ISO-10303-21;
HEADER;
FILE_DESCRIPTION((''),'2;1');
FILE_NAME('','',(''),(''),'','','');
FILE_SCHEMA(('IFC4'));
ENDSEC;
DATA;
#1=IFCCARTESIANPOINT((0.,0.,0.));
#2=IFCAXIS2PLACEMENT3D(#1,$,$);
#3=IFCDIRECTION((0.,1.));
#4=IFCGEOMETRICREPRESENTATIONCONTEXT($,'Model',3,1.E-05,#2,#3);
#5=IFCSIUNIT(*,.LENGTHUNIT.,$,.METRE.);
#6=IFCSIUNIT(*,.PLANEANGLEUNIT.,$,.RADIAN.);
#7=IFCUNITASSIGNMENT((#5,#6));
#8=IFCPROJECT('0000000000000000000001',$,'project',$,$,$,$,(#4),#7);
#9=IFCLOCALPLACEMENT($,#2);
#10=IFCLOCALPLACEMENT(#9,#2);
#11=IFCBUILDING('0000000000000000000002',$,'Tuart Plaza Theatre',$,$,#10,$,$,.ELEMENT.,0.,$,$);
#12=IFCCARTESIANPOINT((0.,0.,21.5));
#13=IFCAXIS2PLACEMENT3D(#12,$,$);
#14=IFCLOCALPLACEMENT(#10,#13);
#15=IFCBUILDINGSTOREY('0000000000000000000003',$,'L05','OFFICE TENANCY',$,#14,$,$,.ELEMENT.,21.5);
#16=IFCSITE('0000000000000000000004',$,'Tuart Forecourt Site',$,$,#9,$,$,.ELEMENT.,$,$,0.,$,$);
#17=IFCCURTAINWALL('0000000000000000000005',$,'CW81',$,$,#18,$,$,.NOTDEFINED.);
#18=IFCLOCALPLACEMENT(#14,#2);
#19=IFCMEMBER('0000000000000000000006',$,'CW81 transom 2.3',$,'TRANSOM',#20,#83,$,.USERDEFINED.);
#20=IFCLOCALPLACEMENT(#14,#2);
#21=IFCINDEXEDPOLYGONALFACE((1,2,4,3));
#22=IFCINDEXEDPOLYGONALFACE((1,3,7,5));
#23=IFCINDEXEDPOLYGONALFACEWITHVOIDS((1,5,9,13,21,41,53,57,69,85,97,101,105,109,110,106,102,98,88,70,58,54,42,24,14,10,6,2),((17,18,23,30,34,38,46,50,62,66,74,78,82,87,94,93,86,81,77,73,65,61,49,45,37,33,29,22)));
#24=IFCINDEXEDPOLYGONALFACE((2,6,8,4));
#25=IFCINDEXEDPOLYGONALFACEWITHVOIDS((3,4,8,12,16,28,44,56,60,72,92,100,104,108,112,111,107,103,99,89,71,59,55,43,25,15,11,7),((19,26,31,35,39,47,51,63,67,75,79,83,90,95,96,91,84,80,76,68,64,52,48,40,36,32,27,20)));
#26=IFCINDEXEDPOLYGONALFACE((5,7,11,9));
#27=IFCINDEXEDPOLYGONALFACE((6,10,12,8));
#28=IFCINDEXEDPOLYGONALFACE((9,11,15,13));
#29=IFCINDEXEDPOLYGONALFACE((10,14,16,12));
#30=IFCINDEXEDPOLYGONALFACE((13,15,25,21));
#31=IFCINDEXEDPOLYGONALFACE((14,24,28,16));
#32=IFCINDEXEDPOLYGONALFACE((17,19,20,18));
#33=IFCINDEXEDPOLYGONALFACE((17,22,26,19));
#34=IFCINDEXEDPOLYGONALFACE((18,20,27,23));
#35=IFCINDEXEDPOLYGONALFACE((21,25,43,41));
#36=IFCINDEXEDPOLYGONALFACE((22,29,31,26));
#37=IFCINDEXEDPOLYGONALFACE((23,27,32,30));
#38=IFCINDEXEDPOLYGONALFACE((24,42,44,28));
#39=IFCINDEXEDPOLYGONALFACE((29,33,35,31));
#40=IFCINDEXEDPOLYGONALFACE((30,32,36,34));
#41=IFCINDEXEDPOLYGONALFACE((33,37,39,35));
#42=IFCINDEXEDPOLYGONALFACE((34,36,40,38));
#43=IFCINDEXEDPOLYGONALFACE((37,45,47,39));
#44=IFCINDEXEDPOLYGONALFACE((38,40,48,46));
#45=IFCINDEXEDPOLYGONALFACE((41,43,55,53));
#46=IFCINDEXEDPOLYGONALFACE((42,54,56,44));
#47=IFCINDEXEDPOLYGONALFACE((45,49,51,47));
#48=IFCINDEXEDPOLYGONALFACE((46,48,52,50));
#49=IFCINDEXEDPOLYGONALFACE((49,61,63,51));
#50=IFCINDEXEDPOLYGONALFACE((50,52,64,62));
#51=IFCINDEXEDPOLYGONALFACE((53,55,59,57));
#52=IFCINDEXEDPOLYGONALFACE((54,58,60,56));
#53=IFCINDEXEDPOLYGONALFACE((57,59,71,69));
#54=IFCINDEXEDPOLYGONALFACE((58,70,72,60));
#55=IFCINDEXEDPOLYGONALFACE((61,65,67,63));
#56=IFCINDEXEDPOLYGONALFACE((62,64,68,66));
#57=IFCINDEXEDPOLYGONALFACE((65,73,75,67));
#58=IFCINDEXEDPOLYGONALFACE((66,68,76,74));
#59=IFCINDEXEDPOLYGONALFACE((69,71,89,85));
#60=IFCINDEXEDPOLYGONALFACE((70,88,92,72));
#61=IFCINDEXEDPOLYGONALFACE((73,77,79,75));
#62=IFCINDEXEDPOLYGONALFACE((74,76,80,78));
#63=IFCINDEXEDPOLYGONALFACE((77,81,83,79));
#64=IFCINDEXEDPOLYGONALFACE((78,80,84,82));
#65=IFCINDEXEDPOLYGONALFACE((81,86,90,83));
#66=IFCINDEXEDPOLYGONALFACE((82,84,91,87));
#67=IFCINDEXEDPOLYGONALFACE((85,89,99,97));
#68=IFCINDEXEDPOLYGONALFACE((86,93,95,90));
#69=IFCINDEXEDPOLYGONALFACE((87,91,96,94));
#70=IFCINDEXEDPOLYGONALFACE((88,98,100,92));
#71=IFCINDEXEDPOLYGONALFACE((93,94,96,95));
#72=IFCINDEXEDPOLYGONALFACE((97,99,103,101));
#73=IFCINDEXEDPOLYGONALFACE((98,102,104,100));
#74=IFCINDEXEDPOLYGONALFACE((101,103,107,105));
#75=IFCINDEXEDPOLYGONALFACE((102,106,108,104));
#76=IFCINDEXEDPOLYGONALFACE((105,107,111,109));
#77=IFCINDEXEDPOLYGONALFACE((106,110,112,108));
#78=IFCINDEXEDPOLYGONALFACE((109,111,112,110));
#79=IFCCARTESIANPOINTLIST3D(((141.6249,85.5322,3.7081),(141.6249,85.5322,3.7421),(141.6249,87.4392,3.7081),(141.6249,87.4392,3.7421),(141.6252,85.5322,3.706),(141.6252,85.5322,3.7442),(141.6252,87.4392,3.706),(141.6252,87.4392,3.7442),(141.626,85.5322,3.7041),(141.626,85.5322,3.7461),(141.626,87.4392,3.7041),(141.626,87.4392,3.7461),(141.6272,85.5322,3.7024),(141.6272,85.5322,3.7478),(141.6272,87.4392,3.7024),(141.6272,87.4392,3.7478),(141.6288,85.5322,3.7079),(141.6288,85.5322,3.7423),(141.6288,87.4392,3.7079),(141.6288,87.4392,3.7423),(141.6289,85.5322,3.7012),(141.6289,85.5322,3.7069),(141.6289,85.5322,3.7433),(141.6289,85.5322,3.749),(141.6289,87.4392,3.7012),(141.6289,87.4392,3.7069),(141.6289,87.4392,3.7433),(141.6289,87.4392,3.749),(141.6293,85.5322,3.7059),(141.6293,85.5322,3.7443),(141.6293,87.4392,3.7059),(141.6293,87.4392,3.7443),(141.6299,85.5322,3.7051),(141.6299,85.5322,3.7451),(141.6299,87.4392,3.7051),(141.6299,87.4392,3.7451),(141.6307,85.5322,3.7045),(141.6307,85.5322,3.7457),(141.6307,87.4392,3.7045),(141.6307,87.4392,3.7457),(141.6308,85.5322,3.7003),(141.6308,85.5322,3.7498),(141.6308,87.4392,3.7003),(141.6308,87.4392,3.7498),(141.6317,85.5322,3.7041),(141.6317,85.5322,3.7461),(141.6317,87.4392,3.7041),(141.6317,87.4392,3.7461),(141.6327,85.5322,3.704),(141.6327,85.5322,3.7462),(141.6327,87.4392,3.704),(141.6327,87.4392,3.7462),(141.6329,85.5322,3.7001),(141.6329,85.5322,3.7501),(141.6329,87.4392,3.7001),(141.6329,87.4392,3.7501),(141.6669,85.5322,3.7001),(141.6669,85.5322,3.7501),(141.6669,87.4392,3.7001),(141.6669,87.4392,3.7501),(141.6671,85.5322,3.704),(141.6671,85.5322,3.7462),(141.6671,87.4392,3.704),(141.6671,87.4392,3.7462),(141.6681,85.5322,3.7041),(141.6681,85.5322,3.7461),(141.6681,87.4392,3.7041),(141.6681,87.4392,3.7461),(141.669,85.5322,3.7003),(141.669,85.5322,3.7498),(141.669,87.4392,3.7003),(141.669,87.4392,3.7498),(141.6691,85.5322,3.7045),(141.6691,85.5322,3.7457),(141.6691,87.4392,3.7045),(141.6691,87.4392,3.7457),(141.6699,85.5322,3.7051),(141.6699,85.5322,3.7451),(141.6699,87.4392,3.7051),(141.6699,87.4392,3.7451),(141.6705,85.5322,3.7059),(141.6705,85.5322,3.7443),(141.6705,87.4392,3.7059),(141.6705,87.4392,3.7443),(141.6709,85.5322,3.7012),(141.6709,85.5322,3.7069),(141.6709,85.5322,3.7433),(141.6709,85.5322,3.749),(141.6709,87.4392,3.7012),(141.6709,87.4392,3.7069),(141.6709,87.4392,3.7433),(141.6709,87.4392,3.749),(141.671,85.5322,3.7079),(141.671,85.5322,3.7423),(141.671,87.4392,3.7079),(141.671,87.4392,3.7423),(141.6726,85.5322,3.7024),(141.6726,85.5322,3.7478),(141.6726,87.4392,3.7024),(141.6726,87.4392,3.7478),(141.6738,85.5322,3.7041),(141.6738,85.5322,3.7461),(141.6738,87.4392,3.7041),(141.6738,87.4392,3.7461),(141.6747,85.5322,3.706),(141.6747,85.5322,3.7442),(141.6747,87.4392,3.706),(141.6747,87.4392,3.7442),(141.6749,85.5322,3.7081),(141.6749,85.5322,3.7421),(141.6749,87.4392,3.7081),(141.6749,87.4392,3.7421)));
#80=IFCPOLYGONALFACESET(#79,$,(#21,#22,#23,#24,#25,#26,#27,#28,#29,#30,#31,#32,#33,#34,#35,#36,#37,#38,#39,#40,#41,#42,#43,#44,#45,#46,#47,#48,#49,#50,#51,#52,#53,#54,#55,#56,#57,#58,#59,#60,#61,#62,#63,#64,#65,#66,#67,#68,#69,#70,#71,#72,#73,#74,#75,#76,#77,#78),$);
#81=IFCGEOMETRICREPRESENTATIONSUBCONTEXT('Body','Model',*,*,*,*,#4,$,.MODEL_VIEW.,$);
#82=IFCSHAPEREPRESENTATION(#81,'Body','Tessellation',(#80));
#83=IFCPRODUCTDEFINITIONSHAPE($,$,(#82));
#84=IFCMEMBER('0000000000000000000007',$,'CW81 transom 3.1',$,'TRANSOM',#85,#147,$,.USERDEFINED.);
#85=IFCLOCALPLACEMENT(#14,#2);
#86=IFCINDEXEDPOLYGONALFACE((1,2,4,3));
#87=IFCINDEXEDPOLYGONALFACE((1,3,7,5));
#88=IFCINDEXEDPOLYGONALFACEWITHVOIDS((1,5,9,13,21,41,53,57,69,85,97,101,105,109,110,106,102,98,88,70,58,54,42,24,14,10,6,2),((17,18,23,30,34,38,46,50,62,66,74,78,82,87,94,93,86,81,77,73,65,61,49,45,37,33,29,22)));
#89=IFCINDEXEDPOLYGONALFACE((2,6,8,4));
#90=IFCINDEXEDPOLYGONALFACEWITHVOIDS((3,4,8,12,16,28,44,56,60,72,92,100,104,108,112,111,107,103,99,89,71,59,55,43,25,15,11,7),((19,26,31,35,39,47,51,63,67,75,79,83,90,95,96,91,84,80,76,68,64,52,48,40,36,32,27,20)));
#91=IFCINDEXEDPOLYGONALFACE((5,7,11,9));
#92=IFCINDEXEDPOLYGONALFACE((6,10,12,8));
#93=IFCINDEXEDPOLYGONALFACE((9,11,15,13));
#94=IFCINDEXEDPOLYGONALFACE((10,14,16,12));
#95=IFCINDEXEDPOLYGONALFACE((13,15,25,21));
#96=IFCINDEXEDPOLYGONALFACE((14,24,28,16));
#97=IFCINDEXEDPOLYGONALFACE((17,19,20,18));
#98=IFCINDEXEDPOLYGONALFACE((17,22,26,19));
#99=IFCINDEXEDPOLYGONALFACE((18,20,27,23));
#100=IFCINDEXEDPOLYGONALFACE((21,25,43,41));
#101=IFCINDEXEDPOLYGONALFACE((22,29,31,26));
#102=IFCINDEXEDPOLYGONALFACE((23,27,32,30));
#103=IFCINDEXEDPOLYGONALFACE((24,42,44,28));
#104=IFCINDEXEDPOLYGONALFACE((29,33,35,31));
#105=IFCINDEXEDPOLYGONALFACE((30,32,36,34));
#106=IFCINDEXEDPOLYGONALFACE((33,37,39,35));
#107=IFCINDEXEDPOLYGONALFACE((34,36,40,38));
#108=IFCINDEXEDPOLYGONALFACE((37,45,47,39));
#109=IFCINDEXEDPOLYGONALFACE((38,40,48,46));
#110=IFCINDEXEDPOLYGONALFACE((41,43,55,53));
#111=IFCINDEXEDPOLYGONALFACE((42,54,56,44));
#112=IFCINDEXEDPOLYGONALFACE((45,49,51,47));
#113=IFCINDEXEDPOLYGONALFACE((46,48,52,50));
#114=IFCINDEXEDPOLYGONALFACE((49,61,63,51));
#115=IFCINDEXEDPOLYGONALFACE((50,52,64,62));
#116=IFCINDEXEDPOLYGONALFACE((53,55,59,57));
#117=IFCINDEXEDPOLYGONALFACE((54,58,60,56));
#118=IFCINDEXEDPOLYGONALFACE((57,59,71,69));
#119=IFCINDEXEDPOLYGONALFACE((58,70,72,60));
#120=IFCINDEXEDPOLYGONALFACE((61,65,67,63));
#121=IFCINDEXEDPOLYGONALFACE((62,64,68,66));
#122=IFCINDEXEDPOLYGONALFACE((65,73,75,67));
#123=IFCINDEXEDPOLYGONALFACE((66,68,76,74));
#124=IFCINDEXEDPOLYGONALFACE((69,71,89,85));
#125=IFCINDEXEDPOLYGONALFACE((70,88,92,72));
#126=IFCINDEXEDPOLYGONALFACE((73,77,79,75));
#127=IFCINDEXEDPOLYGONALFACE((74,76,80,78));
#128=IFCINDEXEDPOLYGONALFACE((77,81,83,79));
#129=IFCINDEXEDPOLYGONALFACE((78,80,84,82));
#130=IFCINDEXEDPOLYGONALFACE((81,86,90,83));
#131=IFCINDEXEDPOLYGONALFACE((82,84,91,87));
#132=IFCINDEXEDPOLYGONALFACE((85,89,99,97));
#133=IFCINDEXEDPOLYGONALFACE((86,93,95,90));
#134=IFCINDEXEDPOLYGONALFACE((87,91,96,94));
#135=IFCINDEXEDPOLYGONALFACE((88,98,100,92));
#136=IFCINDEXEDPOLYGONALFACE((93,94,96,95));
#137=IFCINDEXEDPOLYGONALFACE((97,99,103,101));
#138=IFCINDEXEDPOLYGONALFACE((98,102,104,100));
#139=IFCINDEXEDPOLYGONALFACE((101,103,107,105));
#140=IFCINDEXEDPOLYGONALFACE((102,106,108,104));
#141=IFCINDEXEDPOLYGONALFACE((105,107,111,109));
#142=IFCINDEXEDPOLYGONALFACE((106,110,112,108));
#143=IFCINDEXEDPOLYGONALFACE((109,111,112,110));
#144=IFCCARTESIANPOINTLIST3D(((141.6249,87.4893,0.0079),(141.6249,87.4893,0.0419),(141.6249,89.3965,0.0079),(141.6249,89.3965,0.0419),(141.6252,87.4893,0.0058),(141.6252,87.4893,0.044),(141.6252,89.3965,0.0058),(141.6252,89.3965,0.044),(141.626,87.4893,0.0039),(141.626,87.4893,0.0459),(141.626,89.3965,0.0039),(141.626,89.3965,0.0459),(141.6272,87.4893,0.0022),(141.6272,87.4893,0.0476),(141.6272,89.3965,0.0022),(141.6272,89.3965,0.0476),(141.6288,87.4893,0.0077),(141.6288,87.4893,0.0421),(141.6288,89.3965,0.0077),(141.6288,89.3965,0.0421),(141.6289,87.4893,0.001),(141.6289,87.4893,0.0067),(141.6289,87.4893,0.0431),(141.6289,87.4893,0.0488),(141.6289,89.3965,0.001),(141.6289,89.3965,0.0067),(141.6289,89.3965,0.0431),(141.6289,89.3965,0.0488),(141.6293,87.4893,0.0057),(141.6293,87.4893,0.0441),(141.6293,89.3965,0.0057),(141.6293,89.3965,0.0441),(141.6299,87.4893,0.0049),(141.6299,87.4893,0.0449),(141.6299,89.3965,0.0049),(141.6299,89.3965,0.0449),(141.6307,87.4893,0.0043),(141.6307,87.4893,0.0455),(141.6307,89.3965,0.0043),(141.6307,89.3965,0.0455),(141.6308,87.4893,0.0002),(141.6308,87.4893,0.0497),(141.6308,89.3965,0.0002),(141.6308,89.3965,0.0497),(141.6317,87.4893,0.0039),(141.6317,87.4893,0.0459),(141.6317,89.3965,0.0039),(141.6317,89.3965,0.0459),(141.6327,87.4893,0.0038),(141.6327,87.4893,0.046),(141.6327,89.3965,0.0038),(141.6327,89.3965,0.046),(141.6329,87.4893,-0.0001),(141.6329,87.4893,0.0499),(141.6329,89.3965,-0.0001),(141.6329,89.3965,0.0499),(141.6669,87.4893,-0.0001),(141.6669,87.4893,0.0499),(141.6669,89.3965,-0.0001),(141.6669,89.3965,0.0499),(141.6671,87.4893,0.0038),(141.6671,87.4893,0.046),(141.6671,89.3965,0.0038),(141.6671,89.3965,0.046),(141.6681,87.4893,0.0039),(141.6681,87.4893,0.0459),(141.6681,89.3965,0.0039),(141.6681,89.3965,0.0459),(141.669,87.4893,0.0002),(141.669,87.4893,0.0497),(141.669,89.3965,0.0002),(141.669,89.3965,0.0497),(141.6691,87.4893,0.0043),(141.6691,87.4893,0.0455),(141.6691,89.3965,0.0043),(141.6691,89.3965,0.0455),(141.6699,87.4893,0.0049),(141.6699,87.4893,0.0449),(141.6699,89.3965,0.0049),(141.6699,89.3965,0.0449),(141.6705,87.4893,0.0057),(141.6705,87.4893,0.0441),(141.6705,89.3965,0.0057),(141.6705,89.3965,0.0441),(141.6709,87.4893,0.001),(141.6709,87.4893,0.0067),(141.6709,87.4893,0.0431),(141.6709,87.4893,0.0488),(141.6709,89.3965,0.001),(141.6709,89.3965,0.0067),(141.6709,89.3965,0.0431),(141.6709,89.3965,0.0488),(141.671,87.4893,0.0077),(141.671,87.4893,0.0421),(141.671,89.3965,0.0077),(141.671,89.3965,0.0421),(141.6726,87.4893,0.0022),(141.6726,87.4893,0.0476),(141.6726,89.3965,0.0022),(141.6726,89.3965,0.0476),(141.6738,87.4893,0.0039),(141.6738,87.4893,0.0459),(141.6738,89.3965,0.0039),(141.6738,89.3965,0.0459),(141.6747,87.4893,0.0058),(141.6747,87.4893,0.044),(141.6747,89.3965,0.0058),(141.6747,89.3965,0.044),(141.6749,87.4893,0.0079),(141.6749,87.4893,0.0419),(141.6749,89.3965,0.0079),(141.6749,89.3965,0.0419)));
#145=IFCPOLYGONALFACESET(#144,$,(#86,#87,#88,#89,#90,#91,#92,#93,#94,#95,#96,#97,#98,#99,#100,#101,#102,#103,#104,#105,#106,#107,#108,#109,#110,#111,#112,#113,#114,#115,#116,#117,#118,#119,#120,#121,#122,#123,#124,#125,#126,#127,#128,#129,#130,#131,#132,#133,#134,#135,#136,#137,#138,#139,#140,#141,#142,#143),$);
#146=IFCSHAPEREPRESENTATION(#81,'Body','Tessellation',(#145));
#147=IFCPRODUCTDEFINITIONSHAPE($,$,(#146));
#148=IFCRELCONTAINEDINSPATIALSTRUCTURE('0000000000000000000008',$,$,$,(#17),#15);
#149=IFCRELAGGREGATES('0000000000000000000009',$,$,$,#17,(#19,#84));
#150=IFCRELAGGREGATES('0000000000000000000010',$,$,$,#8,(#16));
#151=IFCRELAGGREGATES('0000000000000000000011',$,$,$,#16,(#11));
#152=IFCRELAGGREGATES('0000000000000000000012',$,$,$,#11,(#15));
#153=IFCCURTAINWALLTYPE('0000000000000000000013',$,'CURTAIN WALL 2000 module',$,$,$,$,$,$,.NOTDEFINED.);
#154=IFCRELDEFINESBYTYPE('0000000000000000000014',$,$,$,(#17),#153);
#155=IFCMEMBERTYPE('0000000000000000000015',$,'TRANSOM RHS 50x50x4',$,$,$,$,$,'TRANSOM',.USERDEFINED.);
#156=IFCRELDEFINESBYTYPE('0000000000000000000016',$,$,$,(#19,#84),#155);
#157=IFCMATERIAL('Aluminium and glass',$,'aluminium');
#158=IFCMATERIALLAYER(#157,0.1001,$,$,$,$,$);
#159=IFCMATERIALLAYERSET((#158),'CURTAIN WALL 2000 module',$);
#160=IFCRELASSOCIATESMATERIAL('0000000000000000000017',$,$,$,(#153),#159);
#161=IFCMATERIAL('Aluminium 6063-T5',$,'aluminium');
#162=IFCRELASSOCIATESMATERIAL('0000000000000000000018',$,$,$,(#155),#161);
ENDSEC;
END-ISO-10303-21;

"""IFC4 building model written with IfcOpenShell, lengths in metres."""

from ifc_helpers import new_model, si_unit, direction, frame, origin, origin_2d, place, context, subcontext, project, spatial, hollow_rectangle, extrude, material, layer, layer_set, material_profile, profile_set, type_object, element, aggregate, save


model = new_model("IFC4")

# Units and contexts
model_context = context("Model", 3, precision=1e-05, world=origin(), true_north=direction((0.0, 1.0)))
body_context = subcontext(model_context, "Body", "Model", "MODEL_VIEW")
ifc_project = project(units=[si_unit("LENGTHUNIT", "METRE"), si_unit("PLANEANGLEUNIT", "RADIAN")], contexts=[model_context])

# Site, building, storey
site_placement = place(None, origin())
site = spatial("IfcSite", under=ifc_project, at=site_placement, Name="Tuart Forecourt Site", CompositionType="ELEMENT", RefElevation=0.0)
building_placement = place(site_placement, origin())
building = spatial("IfcBuilding", under=site, at=building_placement, Name="Tuart Plaza Theatre", CompositionType="ELEMENT", ElevationOfRefHeight=0.0)
storey_placement = place(building_placement, frame((0.0, 0.0, 21.5)))
storey = spatial("IfcBuildingStorey", under=building, at=storey_placement, Name="L05", Description="OFFICE TENANCY", CompositionType="ELEMENT", Elevation=21.5)

# Shared definitions
ifc_material_1 = material(Name="Aluminium and glass", Category="aluminium")
ifc_layer_1 = layer(ifc_material_1, 0.1001)
ifc_layer_set_1 = layer_set([ifc_layer_1], Name="CURTAIN WALL 2000 module")
curtain_wall_type = type_object("IfcCurtainWallType", Name="CURTAIN WALL 2000 module", PredefinedType="NOTDEFINED", material=ifc_layer_set_1)

# Curtain wall
curtain_wall_1_placement = place(storey_placement, origin())
curtain_wall_1 = element("IfcCurtainWall", 1, at=curtain_wall_1_placement, inside=storey, type_object=curtain_wall_type, Name="CW81", PredefinedType="NOTDEFINED")

# Members
ifc_material_2 = material(Name="Aluminium 6063-T5", Category="aluminium")
ifc_material_profile_1 = material_profile(ifc_material_2, hollow_rectangle(XDim=0.05, YDim=0.05, WallThickness=0.0039, InnerFilletRadius=0.0039, OuterFilletRadius=0.0081, at=origin_2d()), Name="RHS 50x50x4")
ifc_profile_set_1 = profile_set([ifc_material_profile_1], Name="Aluminium 6063-T5")
member_type_1 = type_object("IfcMemberType", Name="TRANSOM RHS 50x50x4", ElementType="TRANSOM", PredefinedType="USERDEFINED", material=ifc_profile_set_1)
member_1_placement = place(storey_placement, frame((141.6499, 85.5322, 3.7251), z_axis=(0.0, 1.0, 0.0), x_axis=(-1.0, 0.0, 0.0)))
member_1 = element("IfcMember", 2, at=member_1_placement, type_object=member_type_1, Name="CW81 transom 2.3", ObjectType="TRANSOM", PredefinedType="USERDEFINED", context=body_context, shape_type="SweptSolid", body=[
    extrude(hollow_rectangle(XDim=0.05, YDim=0.05, WallThickness=0.0039, InnerFilletRadius=0.0039, OuterFilletRadius=0.0081, at=origin_2d()), origin(), (0.0, 0.0, 1.0), 1.907),
])
member_2_placement = place(storey_placement, frame((141.6499, 87.4893, 0.0249), z_axis=(0.0, 1.0, 0.0), x_axis=(-1.0, 0.0, 0.0)))
member_2 = element("IfcMember", 3, at=member_2_placement, type_object=member_type_1, Name="CW81 transom 3.1", ObjectType="TRANSOM", PredefinedType="USERDEFINED", context=body_context, shape_type="SweptSolid", body=[
    extrude(hollow_rectangle(XDim=0.05, YDim=0.05, WallThickness=0.0039, InnerFilletRadius=0.0039, OuterFilletRadius=0.0081, at=origin_2d()), origin(), (0.0, 0.0, 1.0), 1.9072),
])

aggregate(curtain_wall_1, [member_1, member_2])

save(model, "model.ifc")
